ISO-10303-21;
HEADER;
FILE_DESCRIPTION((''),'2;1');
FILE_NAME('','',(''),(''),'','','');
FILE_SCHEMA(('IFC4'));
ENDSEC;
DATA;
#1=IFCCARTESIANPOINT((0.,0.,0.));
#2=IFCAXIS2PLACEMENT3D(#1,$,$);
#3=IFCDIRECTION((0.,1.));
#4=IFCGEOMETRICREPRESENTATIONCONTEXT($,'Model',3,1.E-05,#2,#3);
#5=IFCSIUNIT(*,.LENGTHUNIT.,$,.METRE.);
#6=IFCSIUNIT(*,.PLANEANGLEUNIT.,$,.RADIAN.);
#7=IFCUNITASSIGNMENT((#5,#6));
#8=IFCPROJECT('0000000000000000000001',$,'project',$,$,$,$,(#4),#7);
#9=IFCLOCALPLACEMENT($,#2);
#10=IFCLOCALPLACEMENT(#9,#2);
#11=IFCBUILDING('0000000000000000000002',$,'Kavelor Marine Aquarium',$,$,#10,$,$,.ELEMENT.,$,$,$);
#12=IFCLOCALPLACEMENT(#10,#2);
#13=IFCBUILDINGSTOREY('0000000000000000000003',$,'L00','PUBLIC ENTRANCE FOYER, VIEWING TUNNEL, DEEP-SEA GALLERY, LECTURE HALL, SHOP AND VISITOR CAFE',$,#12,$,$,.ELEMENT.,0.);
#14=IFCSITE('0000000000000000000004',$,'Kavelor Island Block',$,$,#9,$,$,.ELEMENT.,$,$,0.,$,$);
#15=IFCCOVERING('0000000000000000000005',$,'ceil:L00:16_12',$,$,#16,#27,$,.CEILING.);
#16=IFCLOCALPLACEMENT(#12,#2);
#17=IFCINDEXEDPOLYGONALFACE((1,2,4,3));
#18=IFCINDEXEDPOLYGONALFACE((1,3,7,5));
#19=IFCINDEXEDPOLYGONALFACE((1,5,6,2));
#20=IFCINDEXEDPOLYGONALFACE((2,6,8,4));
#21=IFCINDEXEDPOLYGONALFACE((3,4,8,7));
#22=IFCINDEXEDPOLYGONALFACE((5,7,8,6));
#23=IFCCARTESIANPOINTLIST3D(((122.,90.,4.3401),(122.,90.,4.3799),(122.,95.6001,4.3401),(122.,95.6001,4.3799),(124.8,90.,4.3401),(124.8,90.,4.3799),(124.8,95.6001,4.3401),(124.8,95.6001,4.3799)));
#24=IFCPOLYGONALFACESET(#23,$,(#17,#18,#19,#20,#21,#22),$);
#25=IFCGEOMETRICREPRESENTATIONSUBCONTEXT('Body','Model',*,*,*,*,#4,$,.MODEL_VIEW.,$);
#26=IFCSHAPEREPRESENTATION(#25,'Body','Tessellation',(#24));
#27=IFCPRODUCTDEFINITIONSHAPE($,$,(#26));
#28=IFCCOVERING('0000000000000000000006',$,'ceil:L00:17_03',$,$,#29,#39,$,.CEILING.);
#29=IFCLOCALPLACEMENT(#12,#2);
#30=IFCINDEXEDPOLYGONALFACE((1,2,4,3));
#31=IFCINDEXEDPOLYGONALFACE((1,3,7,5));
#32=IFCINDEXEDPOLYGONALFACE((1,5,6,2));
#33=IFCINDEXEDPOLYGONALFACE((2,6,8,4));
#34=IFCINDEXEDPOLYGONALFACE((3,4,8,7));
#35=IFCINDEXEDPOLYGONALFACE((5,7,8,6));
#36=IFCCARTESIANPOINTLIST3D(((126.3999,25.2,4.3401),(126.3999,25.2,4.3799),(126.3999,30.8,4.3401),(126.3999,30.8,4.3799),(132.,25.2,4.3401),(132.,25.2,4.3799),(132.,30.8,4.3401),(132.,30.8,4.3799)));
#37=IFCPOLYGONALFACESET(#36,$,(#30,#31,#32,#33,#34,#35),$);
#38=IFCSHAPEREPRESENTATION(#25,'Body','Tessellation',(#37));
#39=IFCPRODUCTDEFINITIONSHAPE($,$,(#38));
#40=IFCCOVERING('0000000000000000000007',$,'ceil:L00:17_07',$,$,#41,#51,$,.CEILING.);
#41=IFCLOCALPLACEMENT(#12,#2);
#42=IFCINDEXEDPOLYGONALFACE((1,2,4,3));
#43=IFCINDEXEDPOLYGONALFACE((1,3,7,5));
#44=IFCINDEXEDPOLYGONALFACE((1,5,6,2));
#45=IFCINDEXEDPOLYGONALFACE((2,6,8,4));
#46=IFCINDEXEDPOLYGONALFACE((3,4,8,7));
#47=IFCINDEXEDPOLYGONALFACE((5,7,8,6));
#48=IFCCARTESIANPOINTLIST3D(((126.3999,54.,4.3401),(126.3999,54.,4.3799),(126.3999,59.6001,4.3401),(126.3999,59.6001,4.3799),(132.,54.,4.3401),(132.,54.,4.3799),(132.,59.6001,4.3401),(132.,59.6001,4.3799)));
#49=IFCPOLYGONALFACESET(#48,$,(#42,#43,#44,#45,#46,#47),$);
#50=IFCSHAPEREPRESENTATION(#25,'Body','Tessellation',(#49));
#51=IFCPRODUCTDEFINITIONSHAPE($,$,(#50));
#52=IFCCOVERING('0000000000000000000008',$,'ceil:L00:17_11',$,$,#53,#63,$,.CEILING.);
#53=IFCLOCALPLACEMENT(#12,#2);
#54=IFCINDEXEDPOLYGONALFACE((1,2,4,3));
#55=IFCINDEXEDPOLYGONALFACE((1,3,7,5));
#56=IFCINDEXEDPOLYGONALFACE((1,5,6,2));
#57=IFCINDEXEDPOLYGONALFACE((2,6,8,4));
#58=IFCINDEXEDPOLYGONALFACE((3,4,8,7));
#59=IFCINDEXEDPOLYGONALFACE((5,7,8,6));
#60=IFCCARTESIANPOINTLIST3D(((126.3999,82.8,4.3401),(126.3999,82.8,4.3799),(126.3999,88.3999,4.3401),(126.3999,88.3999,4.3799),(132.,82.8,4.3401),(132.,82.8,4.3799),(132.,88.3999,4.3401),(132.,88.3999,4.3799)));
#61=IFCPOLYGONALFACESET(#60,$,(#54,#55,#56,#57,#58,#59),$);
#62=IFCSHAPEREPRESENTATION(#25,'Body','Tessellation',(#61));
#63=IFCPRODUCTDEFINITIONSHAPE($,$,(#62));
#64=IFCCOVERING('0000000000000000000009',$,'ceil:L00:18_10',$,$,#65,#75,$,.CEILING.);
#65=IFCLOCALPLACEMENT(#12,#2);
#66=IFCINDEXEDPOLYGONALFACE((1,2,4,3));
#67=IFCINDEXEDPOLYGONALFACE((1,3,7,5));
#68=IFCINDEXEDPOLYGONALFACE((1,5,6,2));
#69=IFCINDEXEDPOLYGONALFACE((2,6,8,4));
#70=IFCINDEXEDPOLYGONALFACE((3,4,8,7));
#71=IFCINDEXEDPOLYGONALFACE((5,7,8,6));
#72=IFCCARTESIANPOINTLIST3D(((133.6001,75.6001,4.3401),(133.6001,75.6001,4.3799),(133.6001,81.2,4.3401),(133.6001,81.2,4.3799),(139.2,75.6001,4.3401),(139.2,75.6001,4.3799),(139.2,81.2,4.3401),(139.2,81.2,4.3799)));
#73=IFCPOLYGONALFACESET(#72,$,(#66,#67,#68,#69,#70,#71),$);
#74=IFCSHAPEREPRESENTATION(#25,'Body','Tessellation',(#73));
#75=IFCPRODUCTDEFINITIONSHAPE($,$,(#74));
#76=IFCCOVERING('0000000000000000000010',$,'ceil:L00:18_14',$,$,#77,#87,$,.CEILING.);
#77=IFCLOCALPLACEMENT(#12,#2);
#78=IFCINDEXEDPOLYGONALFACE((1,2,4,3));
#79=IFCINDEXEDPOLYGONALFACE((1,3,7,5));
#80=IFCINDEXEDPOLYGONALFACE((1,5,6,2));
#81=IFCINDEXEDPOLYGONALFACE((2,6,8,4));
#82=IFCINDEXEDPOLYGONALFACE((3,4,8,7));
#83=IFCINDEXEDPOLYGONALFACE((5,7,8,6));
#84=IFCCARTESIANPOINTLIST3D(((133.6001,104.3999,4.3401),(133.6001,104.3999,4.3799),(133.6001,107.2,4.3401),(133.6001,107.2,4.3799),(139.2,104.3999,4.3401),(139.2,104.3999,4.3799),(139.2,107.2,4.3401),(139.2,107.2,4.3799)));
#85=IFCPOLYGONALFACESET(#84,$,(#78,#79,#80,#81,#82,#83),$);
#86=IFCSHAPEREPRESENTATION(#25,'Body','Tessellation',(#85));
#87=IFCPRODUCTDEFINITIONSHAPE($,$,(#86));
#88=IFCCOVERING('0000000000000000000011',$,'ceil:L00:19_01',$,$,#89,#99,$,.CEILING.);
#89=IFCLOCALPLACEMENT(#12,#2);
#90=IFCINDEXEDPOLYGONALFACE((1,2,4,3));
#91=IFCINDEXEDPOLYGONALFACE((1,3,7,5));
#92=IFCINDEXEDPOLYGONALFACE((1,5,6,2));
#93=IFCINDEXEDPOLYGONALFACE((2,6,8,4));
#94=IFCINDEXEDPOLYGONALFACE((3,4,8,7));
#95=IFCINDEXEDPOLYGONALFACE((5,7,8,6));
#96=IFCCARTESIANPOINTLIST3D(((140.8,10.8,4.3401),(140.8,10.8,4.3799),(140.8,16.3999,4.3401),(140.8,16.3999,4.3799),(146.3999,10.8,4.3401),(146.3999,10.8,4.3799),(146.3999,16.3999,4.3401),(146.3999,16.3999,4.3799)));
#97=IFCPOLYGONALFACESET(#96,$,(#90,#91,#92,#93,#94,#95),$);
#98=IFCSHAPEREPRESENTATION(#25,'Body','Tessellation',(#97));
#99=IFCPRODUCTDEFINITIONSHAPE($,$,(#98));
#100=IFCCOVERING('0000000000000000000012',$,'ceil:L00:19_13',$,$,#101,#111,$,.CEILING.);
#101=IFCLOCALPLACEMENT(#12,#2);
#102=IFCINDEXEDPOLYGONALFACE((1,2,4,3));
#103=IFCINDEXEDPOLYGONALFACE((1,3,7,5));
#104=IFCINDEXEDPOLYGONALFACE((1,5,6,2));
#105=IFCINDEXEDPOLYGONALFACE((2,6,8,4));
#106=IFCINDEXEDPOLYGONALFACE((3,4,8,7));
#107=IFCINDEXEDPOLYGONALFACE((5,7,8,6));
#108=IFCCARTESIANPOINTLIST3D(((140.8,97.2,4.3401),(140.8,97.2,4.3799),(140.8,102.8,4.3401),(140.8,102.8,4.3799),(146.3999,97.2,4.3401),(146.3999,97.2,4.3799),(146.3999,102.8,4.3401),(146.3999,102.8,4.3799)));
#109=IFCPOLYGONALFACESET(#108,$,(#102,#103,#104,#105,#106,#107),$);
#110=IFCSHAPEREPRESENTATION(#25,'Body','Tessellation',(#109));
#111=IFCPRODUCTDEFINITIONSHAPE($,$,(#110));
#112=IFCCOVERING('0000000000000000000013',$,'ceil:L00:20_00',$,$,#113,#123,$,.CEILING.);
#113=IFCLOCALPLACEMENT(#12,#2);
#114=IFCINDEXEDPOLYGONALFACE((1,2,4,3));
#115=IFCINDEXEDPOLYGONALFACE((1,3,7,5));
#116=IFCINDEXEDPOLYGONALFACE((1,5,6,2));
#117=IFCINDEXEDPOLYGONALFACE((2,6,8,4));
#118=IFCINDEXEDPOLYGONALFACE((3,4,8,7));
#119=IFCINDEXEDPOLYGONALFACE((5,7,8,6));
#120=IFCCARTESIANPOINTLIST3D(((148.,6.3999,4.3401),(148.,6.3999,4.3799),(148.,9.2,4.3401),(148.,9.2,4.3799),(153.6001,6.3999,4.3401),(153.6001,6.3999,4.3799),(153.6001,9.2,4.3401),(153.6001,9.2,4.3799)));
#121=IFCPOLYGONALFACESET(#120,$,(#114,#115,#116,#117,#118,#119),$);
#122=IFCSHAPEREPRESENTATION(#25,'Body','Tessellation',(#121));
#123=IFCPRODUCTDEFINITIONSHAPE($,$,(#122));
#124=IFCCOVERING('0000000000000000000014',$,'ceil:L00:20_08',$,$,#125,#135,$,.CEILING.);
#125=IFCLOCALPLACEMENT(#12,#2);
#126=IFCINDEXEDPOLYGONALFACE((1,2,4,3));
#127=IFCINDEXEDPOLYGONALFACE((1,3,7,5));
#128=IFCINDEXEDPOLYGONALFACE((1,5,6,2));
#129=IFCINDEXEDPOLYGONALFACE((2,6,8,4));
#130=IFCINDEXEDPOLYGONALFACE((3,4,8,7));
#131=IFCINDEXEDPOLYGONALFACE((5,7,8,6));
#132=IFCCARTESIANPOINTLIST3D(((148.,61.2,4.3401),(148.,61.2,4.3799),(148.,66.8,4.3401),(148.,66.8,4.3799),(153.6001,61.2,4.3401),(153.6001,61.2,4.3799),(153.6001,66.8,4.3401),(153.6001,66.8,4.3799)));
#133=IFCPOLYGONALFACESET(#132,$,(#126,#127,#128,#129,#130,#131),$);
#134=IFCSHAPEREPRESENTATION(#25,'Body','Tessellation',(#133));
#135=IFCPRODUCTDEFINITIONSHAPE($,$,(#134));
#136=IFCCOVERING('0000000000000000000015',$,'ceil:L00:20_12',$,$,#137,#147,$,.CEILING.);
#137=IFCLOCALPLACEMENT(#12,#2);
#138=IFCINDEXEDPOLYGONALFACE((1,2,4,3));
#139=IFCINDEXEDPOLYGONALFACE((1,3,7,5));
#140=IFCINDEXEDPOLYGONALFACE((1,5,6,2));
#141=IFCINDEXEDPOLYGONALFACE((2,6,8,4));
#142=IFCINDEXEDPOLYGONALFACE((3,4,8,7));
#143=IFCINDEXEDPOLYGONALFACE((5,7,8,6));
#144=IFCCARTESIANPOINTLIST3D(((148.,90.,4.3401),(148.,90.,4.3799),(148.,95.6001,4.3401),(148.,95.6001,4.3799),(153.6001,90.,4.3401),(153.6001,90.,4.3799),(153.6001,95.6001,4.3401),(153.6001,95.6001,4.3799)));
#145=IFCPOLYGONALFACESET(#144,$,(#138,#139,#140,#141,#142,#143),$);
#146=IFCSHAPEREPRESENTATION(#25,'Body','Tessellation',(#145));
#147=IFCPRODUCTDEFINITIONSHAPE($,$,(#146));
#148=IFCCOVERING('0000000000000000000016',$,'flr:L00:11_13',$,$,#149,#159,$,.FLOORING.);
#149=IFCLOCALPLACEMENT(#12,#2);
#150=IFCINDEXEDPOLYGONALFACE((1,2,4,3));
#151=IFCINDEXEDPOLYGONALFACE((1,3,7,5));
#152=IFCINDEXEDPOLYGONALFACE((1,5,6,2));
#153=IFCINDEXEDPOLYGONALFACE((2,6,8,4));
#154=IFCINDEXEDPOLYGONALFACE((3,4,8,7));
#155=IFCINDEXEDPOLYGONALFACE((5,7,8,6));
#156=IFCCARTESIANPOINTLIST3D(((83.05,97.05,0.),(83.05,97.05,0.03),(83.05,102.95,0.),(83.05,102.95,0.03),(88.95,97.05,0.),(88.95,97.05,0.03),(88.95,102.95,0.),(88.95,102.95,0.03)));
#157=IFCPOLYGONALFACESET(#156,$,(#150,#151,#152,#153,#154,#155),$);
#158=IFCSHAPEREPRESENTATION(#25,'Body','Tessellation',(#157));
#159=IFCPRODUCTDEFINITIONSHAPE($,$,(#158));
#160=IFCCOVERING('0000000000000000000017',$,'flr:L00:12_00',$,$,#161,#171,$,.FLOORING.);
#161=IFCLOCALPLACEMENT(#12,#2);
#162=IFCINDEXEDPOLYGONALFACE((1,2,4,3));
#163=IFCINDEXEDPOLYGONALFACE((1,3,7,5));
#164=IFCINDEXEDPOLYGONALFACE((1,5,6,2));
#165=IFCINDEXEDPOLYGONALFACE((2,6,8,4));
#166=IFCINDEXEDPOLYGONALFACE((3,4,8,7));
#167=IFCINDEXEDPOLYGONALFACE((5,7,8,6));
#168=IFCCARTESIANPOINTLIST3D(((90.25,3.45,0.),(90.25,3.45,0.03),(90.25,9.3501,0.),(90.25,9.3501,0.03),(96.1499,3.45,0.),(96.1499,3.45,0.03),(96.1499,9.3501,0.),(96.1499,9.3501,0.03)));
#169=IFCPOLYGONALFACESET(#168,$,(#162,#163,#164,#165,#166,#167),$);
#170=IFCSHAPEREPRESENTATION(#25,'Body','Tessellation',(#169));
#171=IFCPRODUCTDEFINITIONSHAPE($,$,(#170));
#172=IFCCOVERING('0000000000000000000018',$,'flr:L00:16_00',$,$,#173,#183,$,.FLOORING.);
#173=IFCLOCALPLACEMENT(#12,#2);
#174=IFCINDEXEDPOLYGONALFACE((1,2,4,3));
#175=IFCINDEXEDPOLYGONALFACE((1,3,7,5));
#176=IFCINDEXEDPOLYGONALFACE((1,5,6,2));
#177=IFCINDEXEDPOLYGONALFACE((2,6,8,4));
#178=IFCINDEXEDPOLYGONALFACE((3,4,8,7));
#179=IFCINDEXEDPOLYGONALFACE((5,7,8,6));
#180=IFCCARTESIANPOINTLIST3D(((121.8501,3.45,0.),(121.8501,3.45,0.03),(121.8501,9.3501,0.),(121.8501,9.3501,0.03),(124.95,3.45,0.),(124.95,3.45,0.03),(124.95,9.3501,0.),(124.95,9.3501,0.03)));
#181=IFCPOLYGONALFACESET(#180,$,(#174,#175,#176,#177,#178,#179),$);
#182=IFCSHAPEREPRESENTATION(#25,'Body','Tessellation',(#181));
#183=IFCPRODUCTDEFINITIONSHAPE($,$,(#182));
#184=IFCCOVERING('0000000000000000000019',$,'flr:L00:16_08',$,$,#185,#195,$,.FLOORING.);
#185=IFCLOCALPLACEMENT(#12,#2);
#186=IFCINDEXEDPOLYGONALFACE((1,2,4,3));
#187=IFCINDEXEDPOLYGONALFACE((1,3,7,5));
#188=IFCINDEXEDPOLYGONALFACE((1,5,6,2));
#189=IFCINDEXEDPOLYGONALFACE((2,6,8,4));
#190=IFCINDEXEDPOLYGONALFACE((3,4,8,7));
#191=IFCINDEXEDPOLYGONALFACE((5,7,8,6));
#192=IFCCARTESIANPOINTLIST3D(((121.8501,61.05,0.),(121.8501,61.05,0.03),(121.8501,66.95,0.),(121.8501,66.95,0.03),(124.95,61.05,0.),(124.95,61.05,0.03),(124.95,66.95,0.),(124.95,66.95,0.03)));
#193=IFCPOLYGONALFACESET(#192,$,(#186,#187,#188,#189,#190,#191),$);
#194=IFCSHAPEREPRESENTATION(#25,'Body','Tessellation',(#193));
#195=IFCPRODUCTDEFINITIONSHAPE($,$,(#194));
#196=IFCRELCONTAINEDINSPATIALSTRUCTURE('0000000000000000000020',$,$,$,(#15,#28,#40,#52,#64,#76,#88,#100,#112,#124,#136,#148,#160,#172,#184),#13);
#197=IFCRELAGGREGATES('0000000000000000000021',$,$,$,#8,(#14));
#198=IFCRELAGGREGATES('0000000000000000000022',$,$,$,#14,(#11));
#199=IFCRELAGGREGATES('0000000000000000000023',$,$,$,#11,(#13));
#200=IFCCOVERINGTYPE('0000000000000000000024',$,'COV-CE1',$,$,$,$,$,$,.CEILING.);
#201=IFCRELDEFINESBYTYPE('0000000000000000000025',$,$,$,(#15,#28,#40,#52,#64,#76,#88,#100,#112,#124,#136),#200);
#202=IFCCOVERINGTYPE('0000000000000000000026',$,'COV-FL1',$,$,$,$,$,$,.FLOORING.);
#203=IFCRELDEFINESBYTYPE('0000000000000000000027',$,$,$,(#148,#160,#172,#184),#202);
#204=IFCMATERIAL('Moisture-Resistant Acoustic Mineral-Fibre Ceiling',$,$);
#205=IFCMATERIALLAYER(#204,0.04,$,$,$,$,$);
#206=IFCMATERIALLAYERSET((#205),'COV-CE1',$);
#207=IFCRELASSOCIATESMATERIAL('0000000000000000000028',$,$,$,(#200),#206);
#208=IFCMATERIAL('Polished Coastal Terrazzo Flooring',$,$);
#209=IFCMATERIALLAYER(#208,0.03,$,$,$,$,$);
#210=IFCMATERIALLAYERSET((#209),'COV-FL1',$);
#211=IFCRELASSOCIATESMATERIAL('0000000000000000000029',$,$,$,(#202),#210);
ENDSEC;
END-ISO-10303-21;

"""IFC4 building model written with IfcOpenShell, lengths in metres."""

from ifc_helpers import new_model, si_unit, direction, frame, origin, place, context, subcontext, project, spatial, polyline, outline, extrude, material, layer, layer_set, type_object, element, save


model = new_model("IFC4")

# Units and contexts
model_context = context("Model", 3, precision=1e-05, world=origin(), true_north=direction((0.0, 1.0)))
body_context = subcontext(model_context, "Body", "Model", "MODEL_VIEW")
ifc_project = project(units=[si_unit("LENGTHUNIT", "METRE"), si_unit("PLANEANGLEUNIT", "RADIAN")], contexts=[model_context])

# Site, building, storey
site_placement = place(None, origin())
site = spatial("IfcSite", under=ifc_project, at=site_placement, Name="Kavelor Island Block", CompositionType="ELEMENT", RefElevation=0.0)
building_placement = place(site_placement, origin())
building = spatial("IfcBuilding", under=site, at=building_placement, Name="Kavelor Marine Aquarium", CompositionType="ELEMENT")
storey_placement = place(building_placement, origin())
storey = spatial("IfcBuildingStorey", under=building, at=storey_placement, Name="L00", Description="PUBLIC ENTRANCE FOYER, VIEWING TUNNEL, DEEP-SEA GALLERY, LECTURE HALL, SHOP AND VISITOR CAFE", CompositionType="ELEMENT", Elevation=0.0)

# Coverings
ifc_material_1 = material(Name="Moisture-Resistant Acoustic Mineral-Fibre Ceiling")
ifc_layer_1 = layer(ifc_material_1, 0.04)
ifc_layer_set_1 = layer_set([ifc_layer_1], Name="COV-CE1")
covering_type_1 = type_object("IfcCoveringType", Name="COV-CE1", PredefinedType="CEILING", material=ifc_layer_set_1)
covering_1_placement = place(storey_placement, frame((0.0, 0.0, 4.3401)))
element("IfcCovering", 1, at=covering_1_placement, inside=storey, type_object=covering_type_1, Name="ceil:L00:16_12", PredefinedType="CEILING", context=body_context, shape_type="SweptSolid", body=[
    extrude(outline(polyline([(122.0, 90.0), (124.8, 90.0), (124.8, 95.6001), (122.0, 95.6001), (122.0, 90.0)])), origin(), (0.0, 0.0, 1.0), 0.0398),
])
covering_2_placement = place(storey_placement, frame((0.0, 0.0, 4.3401)))
element("IfcCovering", 2, at=covering_2_placement, inside=storey, type_object=covering_type_1, Name="ceil:L00:17_03", PredefinedType="CEILING", context=body_context, shape_type="SweptSolid", body=[
    extrude(outline(polyline([(126.3999, 25.2), (132.0, 25.2), (132.0, 30.8), (126.3999, 30.8), (126.3999, 25.2)])), origin(), (0.0, 0.0, 1.0), 0.0398),
])
covering_3_placement = place(storey_placement, frame((0.0, 0.0, 4.3401)))
element("IfcCovering", 3, at=covering_3_placement, inside=storey, type_object=covering_type_1, Name="ceil:L00:17_07", PredefinedType="CEILING", context=body_context, shape_type="SweptSolid", body=[
    extrude(outline(polyline([(126.3999, 54.0), (132.0, 54.0), (132.0, 59.6001), (126.3999, 59.6001), (126.3999, 54.0)])), origin(), (0.0, 0.0, 1.0), 0.0398),
])
covering_4_placement = place(storey_placement, frame((0.0, 0.0, 4.3401)))
element("IfcCovering", 4, at=covering_4_placement, inside=storey, type_object=covering_type_1, Name="ceil:L00:17_11", PredefinedType="CEILING", context=body_context, shape_type="SweptSolid", body=[
    extrude(outline(polyline([(126.3999, 82.8), (132.0, 82.8), (132.0, 88.3999), (126.3999, 88.3999), (126.3999, 82.8)])), origin(), (0.0, 0.0, 1.0), 0.0398),
])
covering_5_placement = place(storey_placement, frame((0.0, 0.0, 4.3401)))
element("IfcCovering", 5, at=covering_5_placement, inside=storey, type_object=covering_type_1, Name="ceil:L00:18_10", PredefinedType="CEILING", context=body_context, shape_type="SweptSolid", body=[
    extrude(outline(polyline([(133.6001, 75.6001), (139.2, 75.6001), (139.2, 81.2), (133.6001, 81.2), (133.6001, 75.6001)])), origin(), (0.0, 0.0, 1.0), 0.0398),
])
covering_6_placement = place(storey_placement, frame((0.0, 0.0, 4.3401)))
element("IfcCovering", 6, at=covering_6_placement, inside=storey, type_object=covering_type_1, Name="ceil:L00:18_14", PredefinedType="CEILING", context=body_context, shape_type="SweptSolid", body=[
    extrude(outline(polyline([(133.6001, 104.3999), (139.2, 104.3999), (139.2, 107.2), (133.6001, 107.2), (133.6001, 104.3999)])), origin(), (0.0, 0.0, 1.0), 0.0398),
])
covering_7_placement = place(storey_placement, frame((0.0, 0.0, 4.3401)))
element("IfcCovering", 7, at=covering_7_placement, inside=storey, type_object=covering_type_1, Name="ceil:L00:19_01", PredefinedType="CEILING", context=body_context, shape_type="SweptSolid", body=[
    extrude(outline(polyline([(140.8, 10.8), (146.3999, 10.8), (146.3999, 16.3999), (140.8, 16.3999), (140.8, 10.8)])), origin(), (0.0, 0.0, 1.0), 0.0398),
])
covering_8_placement = place(storey_placement, frame((0.0, 0.0, 4.3401)))
element("IfcCovering", 8, at=covering_8_placement, inside=storey, type_object=covering_type_1, Name="ceil:L00:19_13", PredefinedType="CEILING", context=body_context, shape_type="SweptSolid", body=[
    extrude(outline(polyline([(140.8, 97.2), (146.3999, 97.2), (146.3999, 102.8), (140.8, 102.8), (140.8, 97.2)])), origin(), (0.0, 0.0, 1.0), 0.0398),
])
covering_9_placement = place(storey_placement, frame((0.0, 0.0, 4.3401)))
element("IfcCovering", 9, at=covering_9_placement, inside=storey, type_object=covering_type_1, Name="ceil:L00:20_00", PredefinedType="CEILING", context=body_context, shape_type="SweptSolid", body=[
    extrude(outline(polyline([(148.0, 6.3999), (153.6001, 6.3999), (153.6001, 9.2), (148.0, 9.2), (148.0, 6.3999)])), origin(), (0.0, 0.0, 1.0), 0.0398),
])
covering_10_placement = place(storey_placement, frame((0.0, 0.0, 4.3401)))
element("IfcCovering", 10, at=covering_10_placement, inside=storey, type_object=covering_type_1, Name="ceil:L00:20_08", PredefinedType="CEILING", context=body_context, shape_type="SweptSolid", body=[
    extrude(outline(polyline([(148.0, 61.2), (153.6001, 61.2), (153.6001, 66.8), (148.0, 66.8), (148.0, 61.2)])), origin(), (0.0, 0.0, 1.0), 0.0398),
])
covering_11_placement = place(storey_placement, frame((0.0, 0.0, 4.3401)))
element("IfcCovering", 11, at=covering_11_placement, inside=storey, type_object=covering_type_1, Name="ceil:L00:20_12", PredefinedType="CEILING", context=body_context, shape_type="SweptSolid", body=[
    extrude(outline(polyline([(148.0, 90.0), (153.6001, 90.0), (153.6001, 95.6001), (148.0, 95.6001), (148.0, 90.0)])), origin(), (0.0, 0.0, 1.0), 0.0398),
])
ifc_material_2 = material(Name="Polished Coastal Terrazzo Flooring")
ifc_layer_2 = layer(ifc_material_2, 0.03)
ifc_layer_set_2 = layer_set([ifc_layer_2], Name="COV-FL1")
covering_type_2 = type_object("IfcCoveringType", Name="COV-FL1", PredefinedType="FLOORING", material=ifc_layer_set_2)
covering_12_placement = place(storey_placement, origin())
element("IfcCovering", 12, at=covering_12_placement, inside=storey, type_object=covering_type_2, Name="flr:L00:11_13", PredefinedType="FLOORING", context=body_context, shape_type="SweptSolid", body=[
    extrude(outline(polyline([(83.05, 97.05), (88.95, 97.05), (88.95, 102.95), (83.05, 102.95), (83.05, 97.05)])), origin(), (0.0, 0.0, 1.0), 0.03),
])
covering_13_placement = place(storey_placement, origin())
element("IfcCovering", 13, at=covering_13_placement, inside=storey, type_object=covering_type_2, Name="flr:L00:12_00", PredefinedType="FLOORING", context=body_context, shape_type="SweptSolid", body=[
    extrude(outline(polyline([(90.25, 3.45), (96.1499, 3.45), (96.1499, 9.3501), (90.25, 9.3501), (90.25, 3.45)])), origin(), (0.0, 0.0, 1.0), 0.03),
])
covering_14_placement = place(storey_placement, origin())
element("IfcCovering", 14, at=covering_14_placement, inside=storey, type_object=covering_type_2, Name="flr:L00:16_00", PredefinedType="FLOORING", context=body_context, shape_type="SweptSolid", body=[
    extrude(outline(polyline([(121.8501, 3.45), (124.95, 3.45), (124.95, 9.3501), (121.8501, 9.3501), (121.8501, 3.45)])), origin(), (0.0, 0.0, 1.0), 0.03),
])
covering_15_placement = place(storey_placement, origin())
element("IfcCovering", 15, at=covering_15_placement, inside=storey, type_object=covering_type_2, Name="flr:L00:16_08", PredefinedType="FLOORING", context=body_context, shape_type="SweptSolid", body=[
    extrude(outline(polyline([(121.8501, 61.05), (124.95, 61.05), (124.95, 66.95), (121.8501, 66.95), (121.8501, 61.05)])), origin(), (0.0, 0.0, 1.0), 0.03),
])

save(model, "model.ifc")
